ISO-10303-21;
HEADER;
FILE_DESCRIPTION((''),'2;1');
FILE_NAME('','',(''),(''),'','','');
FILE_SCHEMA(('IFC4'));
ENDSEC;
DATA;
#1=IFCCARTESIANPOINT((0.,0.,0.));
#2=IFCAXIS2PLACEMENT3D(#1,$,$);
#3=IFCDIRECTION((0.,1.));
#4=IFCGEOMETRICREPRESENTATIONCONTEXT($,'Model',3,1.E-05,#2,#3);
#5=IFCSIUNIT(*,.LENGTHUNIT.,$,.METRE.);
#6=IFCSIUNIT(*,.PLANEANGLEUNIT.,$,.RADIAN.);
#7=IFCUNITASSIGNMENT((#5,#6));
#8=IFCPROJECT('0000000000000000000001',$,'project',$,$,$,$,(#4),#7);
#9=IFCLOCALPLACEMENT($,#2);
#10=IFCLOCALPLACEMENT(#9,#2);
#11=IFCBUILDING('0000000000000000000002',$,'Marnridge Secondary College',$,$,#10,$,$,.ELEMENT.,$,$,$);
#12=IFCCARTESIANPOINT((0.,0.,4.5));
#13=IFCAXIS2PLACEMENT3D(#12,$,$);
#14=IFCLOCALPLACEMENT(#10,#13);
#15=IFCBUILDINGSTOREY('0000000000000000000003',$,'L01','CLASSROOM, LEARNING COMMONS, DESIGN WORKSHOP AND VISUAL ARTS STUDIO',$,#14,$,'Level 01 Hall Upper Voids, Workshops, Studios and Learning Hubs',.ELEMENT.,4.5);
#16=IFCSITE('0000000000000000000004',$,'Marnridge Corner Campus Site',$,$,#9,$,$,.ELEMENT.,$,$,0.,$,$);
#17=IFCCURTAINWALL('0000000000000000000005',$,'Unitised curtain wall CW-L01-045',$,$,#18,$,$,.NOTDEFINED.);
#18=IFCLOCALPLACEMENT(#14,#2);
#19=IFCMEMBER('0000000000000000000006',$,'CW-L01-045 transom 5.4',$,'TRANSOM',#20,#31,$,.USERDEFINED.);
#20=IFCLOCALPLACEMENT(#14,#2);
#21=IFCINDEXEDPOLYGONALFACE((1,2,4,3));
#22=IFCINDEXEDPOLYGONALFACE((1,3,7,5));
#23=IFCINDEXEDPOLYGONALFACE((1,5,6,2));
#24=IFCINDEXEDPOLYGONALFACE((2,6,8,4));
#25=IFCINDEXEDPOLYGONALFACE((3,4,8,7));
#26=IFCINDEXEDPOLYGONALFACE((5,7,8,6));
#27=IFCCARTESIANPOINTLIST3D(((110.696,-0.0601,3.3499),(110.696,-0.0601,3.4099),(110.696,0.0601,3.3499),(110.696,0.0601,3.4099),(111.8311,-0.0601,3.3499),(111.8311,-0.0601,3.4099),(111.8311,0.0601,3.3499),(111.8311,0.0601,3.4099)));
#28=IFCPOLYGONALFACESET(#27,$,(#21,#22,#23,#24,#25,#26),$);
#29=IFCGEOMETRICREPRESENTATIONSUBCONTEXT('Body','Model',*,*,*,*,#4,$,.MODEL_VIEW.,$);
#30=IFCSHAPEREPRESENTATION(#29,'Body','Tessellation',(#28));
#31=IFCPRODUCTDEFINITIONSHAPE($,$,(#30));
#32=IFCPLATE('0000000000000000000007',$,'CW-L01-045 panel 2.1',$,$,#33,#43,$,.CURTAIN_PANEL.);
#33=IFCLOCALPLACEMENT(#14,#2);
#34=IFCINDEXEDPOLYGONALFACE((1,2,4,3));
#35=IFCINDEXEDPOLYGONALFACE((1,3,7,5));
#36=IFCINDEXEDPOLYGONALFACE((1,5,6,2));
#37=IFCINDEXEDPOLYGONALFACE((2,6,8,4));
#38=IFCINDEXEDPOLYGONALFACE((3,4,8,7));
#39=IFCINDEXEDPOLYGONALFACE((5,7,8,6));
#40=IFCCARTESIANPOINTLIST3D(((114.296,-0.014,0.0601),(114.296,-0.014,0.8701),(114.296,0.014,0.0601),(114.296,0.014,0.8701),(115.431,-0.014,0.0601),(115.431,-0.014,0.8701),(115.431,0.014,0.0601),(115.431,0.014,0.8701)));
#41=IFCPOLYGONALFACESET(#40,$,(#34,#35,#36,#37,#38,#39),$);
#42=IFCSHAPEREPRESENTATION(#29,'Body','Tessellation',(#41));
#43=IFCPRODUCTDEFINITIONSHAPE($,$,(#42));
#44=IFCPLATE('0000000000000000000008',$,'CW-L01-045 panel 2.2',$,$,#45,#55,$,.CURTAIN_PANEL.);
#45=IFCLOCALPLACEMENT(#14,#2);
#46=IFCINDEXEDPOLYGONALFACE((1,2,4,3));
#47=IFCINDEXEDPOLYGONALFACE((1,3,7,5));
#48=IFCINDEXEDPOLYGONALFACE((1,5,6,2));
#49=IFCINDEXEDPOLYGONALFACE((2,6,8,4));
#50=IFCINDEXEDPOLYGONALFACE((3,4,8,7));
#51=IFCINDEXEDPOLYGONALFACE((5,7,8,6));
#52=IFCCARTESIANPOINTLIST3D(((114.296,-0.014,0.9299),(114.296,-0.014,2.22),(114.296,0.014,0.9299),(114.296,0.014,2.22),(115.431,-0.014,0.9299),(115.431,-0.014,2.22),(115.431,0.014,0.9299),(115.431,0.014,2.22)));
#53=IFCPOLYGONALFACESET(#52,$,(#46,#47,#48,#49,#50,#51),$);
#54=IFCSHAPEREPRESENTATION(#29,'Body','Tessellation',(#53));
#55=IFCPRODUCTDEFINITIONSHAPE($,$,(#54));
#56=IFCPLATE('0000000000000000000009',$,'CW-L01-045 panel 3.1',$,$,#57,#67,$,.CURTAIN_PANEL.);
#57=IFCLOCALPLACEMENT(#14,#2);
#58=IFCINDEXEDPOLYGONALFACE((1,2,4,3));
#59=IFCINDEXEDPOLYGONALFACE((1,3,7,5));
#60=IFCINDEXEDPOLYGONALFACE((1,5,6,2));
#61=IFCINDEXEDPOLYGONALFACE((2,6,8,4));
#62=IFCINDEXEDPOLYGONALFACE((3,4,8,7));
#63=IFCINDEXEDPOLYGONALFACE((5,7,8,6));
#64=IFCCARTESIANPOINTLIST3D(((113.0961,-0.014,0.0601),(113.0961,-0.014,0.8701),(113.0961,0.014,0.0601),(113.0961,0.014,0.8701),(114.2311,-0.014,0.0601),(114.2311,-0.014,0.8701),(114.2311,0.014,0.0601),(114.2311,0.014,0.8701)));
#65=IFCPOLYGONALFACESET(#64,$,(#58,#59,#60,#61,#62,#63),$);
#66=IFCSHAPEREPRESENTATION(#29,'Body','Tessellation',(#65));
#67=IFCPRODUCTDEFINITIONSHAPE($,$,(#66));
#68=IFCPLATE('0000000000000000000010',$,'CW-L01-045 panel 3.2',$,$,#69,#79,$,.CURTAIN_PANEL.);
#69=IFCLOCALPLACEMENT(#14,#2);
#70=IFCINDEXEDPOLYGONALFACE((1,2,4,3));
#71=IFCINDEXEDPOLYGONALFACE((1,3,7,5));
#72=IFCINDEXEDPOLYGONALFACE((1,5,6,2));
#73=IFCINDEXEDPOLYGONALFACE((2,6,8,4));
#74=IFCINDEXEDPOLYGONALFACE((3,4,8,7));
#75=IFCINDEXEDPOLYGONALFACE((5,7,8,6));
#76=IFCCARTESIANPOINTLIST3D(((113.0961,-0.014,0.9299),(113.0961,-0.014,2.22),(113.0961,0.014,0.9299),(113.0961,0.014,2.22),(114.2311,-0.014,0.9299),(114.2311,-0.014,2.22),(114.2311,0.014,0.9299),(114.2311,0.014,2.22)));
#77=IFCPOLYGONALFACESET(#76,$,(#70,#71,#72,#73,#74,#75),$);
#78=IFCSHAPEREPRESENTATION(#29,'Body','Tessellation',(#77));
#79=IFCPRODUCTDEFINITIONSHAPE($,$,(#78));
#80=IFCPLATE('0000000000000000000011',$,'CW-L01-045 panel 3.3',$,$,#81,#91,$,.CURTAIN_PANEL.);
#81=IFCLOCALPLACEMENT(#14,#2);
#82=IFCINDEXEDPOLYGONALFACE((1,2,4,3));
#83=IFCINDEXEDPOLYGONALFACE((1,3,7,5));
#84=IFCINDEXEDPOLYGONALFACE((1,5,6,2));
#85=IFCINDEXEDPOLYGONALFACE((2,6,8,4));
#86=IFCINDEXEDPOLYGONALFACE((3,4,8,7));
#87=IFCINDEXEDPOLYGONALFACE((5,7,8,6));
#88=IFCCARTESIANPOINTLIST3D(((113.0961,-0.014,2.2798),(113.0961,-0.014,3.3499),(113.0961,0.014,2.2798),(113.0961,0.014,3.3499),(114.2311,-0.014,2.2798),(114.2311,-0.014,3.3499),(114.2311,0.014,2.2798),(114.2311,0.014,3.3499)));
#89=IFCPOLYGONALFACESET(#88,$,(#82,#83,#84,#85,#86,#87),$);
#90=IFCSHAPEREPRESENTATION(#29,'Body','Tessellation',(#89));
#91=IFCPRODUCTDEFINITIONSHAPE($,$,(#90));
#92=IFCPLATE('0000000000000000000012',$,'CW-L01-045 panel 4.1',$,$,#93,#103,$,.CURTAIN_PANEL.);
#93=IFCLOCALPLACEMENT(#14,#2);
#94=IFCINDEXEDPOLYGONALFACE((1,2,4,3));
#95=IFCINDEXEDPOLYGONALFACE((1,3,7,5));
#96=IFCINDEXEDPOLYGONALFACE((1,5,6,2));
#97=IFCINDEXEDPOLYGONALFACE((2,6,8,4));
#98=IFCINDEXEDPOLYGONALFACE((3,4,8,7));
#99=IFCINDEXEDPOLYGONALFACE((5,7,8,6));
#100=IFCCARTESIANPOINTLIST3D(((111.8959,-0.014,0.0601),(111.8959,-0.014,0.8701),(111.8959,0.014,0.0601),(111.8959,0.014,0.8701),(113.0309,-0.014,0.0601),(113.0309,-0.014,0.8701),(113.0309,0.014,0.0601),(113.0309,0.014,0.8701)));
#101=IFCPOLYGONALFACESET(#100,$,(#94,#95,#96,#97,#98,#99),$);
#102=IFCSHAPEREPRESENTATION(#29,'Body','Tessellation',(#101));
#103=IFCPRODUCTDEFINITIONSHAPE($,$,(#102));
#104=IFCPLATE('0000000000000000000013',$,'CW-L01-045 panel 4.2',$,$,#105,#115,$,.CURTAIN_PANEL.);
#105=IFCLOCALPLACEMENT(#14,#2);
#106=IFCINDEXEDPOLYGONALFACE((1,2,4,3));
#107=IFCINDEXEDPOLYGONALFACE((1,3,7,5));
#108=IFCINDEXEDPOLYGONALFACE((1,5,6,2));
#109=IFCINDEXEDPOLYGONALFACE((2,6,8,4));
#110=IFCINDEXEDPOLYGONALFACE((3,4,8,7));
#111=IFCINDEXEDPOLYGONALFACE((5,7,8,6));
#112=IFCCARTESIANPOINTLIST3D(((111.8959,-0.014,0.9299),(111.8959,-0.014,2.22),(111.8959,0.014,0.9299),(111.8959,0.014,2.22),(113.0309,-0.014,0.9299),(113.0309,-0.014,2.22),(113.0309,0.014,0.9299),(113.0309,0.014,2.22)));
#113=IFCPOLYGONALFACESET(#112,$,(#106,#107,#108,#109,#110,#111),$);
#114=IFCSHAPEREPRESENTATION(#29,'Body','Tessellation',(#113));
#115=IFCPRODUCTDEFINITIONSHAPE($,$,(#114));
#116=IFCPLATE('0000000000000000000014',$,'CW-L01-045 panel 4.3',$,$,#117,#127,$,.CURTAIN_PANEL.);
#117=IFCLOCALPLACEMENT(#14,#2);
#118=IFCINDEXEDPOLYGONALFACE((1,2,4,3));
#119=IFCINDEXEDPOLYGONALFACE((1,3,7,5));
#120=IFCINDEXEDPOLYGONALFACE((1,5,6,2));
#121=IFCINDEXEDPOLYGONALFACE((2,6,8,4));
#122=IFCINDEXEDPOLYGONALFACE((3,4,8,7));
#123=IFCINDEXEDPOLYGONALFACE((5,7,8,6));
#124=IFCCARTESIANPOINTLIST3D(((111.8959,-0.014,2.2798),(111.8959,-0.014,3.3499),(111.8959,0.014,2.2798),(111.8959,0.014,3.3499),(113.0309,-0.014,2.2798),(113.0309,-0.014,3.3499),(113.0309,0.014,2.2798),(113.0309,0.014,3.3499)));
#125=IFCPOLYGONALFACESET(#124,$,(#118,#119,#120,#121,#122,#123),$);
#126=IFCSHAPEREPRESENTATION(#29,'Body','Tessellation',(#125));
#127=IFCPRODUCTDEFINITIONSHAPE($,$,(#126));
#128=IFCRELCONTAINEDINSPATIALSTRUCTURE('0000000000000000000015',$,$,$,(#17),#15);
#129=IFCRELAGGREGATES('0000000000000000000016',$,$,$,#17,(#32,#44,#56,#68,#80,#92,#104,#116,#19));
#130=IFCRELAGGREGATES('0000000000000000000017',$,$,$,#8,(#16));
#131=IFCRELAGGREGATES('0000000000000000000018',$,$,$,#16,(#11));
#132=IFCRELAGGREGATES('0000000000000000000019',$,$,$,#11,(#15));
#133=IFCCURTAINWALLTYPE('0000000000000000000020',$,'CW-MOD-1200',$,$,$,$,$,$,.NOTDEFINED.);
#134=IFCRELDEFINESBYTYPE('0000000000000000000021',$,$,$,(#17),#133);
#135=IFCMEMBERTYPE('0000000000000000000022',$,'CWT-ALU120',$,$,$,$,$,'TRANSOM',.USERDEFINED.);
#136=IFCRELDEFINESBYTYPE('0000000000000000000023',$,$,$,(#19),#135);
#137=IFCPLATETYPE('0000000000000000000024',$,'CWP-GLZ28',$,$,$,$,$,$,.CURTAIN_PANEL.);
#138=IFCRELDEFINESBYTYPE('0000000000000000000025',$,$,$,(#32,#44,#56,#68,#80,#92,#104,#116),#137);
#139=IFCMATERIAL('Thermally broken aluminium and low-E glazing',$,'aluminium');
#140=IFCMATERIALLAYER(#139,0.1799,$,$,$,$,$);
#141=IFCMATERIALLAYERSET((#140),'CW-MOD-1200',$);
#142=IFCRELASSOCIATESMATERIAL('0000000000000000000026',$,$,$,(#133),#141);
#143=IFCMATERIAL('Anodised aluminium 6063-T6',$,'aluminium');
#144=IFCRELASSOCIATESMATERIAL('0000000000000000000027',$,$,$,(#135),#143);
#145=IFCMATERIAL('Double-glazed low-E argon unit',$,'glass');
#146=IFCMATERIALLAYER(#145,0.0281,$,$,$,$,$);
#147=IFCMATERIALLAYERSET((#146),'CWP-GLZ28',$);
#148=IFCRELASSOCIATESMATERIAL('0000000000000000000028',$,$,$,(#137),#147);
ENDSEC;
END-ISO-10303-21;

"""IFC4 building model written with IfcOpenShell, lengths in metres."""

from ifc_helpers import new_model, si_unit, direction, frame, origin, origin_2d, place, context, subcontext, project, spatial, rectangle, extrude, material, layer, layer_set, material_profile, profile_set, type_object, element, aggregate, save


model = new_model("IFC4")

# Units and contexts
model_context = context("Model", 3, precision=1e-05, world=origin(), true_north=direction((0.0, 1.0)))
body_context = subcontext(model_context, "Body", "Model", "MODEL_VIEW")
ifc_project = project(units=[si_unit("LENGTHUNIT", "METRE"), si_unit("PLANEANGLEUNIT", "RADIAN")], contexts=[model_context])

# Site, building, storey
site_placement = place(None, origin())
site = spatial("IfcSite", under=ifc_project, at=site_placement, Name="Marnridge Corner Campus Site", CompositionType="ELEMENT", RefElevation=0.0)
building_placement = place(site_placement, origin())
building = spatial("IfcBuilding", under=site, at=building_placement, Name="Marnridge Secondary College", CompositionType="ELEMENT")
storey_placement = place(building_placement, frame((0.0, 0.0, 4.5)))
storey = spatial("IfcBuildingStorey", under=building, at=storey_placement, Name="L01", Description="CLASSROOM, LEARNING COMMONS, DESIGN WORKSHOP AND VISUAL ARTS STUDIO", LongName="Level 01 Hall Upper Voids, Workshops, Studios and Learning Hubs", CompositionType="ELEMENT", Elevation=4.5)

# Curtain wall, member, plates
ifc_material_1 = material(Name="Thermally broken aluminium and low-E glazing", Category="aluminium")
ifc_layer_1 = layer(ifc_material_1, 0.1799)
ifc_layer_set_1 = layer_set([ifc_layer_1], Name="CW-MOD-1200")
curtain_wall_type = type_object("IfcCurtainWallType", Name="CW-MOD-1200", PredefinedType="NOTDEFINED", material=ifc_layer_set_1)
curtain_wall_placement = place(storey_placement, origin())
curtain_wall = element("IfcCurtainWall", 1, at=curtain_wall_placement, inside=storey, type_object=curtain_wall_type, Name="Unitised curtain wall CW-L01-045", PredefinedType="NOTDEFINED")
ifc_material_2 = material(Name="Anodised aluminium 6063-T6", Category="aluminium")
ifc_material_profile_1 = material_profile(ifc_material_2, rectangle(XDim=0.0601, YDim=0.1201, at=origin_2d()), Name="ALU 60x120")
ifc_profile_set_1 = profile_set([ifc_material_profile_1], Name="Anodised aluminium 6063-T6")
member_type_1 = type_object("IfcMemberType", Name="CWT-ALU120", ElementType="TRANSOM", PredefinedType="USERDEFINED", material=ifc_profile_set_1)
member_1_placement = place(storey_placement, frame((111.8311, 0.0, 3.3799), z_axis=(-1.0, 0.0, 0.0), x_axis=(0.0, 0.0, 1.0)))
member_1 = element("IfcMember", 2, at=member_1_placement, type_object=member_type_1, Name="CW-L01-045 transom 5.4", ObjectType="TRANSOM", PredefinedType="USERDEFINED", context=body_context, shape_type="SweptSolid", body=[
    extrude(rectangle(XDim=0.0601, YDim=0.1201, at=origin_2d()), origin(), (0.0, 0.0, 1.0), 1.135),
])
ifc_material_3 = material(Name="Double-glazed low-E argon unit", Category="glass")
ifc_layer_2 = layer(ifc_material_3, 0.0281)
ifc_layer_set_2 = layer_set([ifc_layer_2], Name="CWP-GLZ28")
plate_type = type_object("IfcPlateType", Name="CWP-GLZ28", PredefinedType="CURTAIN_PANEL", material=ifc_layer_set_2)
plate_1_placement = place(storey_placement, frame((114.8635, 0.0, 0.0601), z_axis=(0.0, 0.0, 1.0), x_axis=(-1.0, 0.0, 0.0)))
plate_1 = element("IfcPlate", 3, at=plate_1_placement, type_object=plate_type, Name="CW-L01-045 panel 2.1", PredefinedType="CURTAIN_PANEL", context=body_context, shape_type="SweptSolid", body=[
    extrude(rectangle(XDim=1.135, YDim=0.0281, at=origin_2d()), origin(), (0.0, 0.0, 1.0), 0.8101),
])
plate_2_placement = place(storey_placement, frame((114.8635, 0.0, 0.9299), z_axis=(0.0, 0.0, 1.0), x_axis=(-1.0, 0.0, 0.0)))
plate_2 = element("IfcPlate", 4, at=plate_2_placement, type_object=plate_type, Name="CW-L01-045 panel 2.2", PredefinedType="CURTAIN_PANEL", context=body_context, shape_type="SweptSolid", body=[
    extrude(rectangle(XDim=1.135, YDim=0.0281, at=origin_2d()), origin(), (0.0, 0.0, 1.0), 1.29),
])
plate_3_placement = place(storey_placement, frame((113.6636, 0.0, 0.0601), z_axis=(0.0, 0.0, 1.0), x_axis=(-1.0, 0.0, 0.0)))
plate_3 = element("IfcPlate", 5, at=plate_3_placement, type_object=plate_type, Name="CW-L01-045 panel 3.1", PredefinedType="CURTAIN_PANEL", context=body_context, shape_type="SweptSolid", body=[
    extrude(rectangle(XDim=1.135, YDim=0.0281, at=origin_2d()), origin(), (0.0, 0.0, 1.0), 0.8101),
])
plate_4_placement = place(storey_placement, frame((113.6636, 0.0, 0.9299), z_axis=(0.0, 0.0, 1.0), x_axis=(-1.0, 0.0, 0.0)))
plate_4 = element("IfcPlate", 6, at=plate_4_placement, type_object=plate_type, Name="CW-L01-045 panel 3.2", PredefinedType="CURTAIN_PANEL", context=body_context, shape_type="SweptSolid", body=[
    extrude(rectangle(XDim=1.135, YDim=0.0281, at=origin_2d()), origin(), (0.0, 0.0, 1.0), 1.29),
])
plate_5_placement = place(storey_placement, frame((113.6636, 0.0, 2.2798), z_axis=(0.0, 0.0, 1.0), x_axis=(-1.0, 0.0, 0.0)))
plate_5 = element("IfcPlate", 7, at=plate_5_placement, type_object=plate_type, Name="CW-L01-045 panel 3.3", PredefinedType="CURTAIN_PANEL", context=body_context, shape_type="SweptSolid", body=[
    extrude(rectangle(XDim=1.135, YDim=0.0281, at=origin_2d()), origin(), (0.0, 0.0, 1.0), 1.0701),
])
plate_6_placement = place(storey_placement, frame((112.4634, 0.0, 0.0601), z_axis=(0.0, 0.0, 1.0), x_axis=(-1.0, 0.0, 0.0)))
plate_6 = element("IfcPlate", 8, at=plate_6_placement, type_object=plate_type, Name="CW-L01-045 panel 4.1", PredefinedType="CURTAIN_PANEL", context=body_context, shape_type="SweptSolid", body=[
    extrude(rectangle(XDim=1.135, YDim=0.0281, at=origin_2d()), origin(), (0.0, 0.0, 1.0), 0.8101),
])
plate_7_placement = place(storey_placement, frame((112.4634, 0.0, 0.9299), z_axis=(0.0, 0.0, 1.0), x_axis=(-1.0, 0.0, 0.0)))
plate_7 = element("IfcPlate", 9, at=plate_7_placement, type_object=plate_type, Name="CW-L01-045 panel 4.2", PredefinedType="CURTAIN_PANEL", context=body_context, shape_type="SweptSolid", body=[
    extrude(rectangle(XDim=1.135, YDim=0.0281, at=origin_2d()), origin(), (0.0, 0.0, 1.0), 1.29),
])
plate_8_placement = place(storey_placement, frame((112.4634, 0.0, 2.2798), z_axis=(0.0, 0.0, 1.0), x_axis=(-1.0, 0.0, 0.0)))
plate_8 = element("IfcPlate", 10, at=plate_8_placement, type_object=plate_type, Name="CW-L01-045 panel 4.3", PredefinedType="CURTAIN_PANEL", context=body_context, shape_type="SweptSolid", body=[
    extrude(rectangle(XDim=1.135, YDim=0.0281, at=origin_2d()), origin(), (0.0, 0.0, 1.0), 1.0701),
])
aggregate(curtain_wall, [plate_1, plate_2, plate_3, plate_4, plate_5, plate_6, plate_7, plate_8, member_1])

save(model, "model.ifc")
